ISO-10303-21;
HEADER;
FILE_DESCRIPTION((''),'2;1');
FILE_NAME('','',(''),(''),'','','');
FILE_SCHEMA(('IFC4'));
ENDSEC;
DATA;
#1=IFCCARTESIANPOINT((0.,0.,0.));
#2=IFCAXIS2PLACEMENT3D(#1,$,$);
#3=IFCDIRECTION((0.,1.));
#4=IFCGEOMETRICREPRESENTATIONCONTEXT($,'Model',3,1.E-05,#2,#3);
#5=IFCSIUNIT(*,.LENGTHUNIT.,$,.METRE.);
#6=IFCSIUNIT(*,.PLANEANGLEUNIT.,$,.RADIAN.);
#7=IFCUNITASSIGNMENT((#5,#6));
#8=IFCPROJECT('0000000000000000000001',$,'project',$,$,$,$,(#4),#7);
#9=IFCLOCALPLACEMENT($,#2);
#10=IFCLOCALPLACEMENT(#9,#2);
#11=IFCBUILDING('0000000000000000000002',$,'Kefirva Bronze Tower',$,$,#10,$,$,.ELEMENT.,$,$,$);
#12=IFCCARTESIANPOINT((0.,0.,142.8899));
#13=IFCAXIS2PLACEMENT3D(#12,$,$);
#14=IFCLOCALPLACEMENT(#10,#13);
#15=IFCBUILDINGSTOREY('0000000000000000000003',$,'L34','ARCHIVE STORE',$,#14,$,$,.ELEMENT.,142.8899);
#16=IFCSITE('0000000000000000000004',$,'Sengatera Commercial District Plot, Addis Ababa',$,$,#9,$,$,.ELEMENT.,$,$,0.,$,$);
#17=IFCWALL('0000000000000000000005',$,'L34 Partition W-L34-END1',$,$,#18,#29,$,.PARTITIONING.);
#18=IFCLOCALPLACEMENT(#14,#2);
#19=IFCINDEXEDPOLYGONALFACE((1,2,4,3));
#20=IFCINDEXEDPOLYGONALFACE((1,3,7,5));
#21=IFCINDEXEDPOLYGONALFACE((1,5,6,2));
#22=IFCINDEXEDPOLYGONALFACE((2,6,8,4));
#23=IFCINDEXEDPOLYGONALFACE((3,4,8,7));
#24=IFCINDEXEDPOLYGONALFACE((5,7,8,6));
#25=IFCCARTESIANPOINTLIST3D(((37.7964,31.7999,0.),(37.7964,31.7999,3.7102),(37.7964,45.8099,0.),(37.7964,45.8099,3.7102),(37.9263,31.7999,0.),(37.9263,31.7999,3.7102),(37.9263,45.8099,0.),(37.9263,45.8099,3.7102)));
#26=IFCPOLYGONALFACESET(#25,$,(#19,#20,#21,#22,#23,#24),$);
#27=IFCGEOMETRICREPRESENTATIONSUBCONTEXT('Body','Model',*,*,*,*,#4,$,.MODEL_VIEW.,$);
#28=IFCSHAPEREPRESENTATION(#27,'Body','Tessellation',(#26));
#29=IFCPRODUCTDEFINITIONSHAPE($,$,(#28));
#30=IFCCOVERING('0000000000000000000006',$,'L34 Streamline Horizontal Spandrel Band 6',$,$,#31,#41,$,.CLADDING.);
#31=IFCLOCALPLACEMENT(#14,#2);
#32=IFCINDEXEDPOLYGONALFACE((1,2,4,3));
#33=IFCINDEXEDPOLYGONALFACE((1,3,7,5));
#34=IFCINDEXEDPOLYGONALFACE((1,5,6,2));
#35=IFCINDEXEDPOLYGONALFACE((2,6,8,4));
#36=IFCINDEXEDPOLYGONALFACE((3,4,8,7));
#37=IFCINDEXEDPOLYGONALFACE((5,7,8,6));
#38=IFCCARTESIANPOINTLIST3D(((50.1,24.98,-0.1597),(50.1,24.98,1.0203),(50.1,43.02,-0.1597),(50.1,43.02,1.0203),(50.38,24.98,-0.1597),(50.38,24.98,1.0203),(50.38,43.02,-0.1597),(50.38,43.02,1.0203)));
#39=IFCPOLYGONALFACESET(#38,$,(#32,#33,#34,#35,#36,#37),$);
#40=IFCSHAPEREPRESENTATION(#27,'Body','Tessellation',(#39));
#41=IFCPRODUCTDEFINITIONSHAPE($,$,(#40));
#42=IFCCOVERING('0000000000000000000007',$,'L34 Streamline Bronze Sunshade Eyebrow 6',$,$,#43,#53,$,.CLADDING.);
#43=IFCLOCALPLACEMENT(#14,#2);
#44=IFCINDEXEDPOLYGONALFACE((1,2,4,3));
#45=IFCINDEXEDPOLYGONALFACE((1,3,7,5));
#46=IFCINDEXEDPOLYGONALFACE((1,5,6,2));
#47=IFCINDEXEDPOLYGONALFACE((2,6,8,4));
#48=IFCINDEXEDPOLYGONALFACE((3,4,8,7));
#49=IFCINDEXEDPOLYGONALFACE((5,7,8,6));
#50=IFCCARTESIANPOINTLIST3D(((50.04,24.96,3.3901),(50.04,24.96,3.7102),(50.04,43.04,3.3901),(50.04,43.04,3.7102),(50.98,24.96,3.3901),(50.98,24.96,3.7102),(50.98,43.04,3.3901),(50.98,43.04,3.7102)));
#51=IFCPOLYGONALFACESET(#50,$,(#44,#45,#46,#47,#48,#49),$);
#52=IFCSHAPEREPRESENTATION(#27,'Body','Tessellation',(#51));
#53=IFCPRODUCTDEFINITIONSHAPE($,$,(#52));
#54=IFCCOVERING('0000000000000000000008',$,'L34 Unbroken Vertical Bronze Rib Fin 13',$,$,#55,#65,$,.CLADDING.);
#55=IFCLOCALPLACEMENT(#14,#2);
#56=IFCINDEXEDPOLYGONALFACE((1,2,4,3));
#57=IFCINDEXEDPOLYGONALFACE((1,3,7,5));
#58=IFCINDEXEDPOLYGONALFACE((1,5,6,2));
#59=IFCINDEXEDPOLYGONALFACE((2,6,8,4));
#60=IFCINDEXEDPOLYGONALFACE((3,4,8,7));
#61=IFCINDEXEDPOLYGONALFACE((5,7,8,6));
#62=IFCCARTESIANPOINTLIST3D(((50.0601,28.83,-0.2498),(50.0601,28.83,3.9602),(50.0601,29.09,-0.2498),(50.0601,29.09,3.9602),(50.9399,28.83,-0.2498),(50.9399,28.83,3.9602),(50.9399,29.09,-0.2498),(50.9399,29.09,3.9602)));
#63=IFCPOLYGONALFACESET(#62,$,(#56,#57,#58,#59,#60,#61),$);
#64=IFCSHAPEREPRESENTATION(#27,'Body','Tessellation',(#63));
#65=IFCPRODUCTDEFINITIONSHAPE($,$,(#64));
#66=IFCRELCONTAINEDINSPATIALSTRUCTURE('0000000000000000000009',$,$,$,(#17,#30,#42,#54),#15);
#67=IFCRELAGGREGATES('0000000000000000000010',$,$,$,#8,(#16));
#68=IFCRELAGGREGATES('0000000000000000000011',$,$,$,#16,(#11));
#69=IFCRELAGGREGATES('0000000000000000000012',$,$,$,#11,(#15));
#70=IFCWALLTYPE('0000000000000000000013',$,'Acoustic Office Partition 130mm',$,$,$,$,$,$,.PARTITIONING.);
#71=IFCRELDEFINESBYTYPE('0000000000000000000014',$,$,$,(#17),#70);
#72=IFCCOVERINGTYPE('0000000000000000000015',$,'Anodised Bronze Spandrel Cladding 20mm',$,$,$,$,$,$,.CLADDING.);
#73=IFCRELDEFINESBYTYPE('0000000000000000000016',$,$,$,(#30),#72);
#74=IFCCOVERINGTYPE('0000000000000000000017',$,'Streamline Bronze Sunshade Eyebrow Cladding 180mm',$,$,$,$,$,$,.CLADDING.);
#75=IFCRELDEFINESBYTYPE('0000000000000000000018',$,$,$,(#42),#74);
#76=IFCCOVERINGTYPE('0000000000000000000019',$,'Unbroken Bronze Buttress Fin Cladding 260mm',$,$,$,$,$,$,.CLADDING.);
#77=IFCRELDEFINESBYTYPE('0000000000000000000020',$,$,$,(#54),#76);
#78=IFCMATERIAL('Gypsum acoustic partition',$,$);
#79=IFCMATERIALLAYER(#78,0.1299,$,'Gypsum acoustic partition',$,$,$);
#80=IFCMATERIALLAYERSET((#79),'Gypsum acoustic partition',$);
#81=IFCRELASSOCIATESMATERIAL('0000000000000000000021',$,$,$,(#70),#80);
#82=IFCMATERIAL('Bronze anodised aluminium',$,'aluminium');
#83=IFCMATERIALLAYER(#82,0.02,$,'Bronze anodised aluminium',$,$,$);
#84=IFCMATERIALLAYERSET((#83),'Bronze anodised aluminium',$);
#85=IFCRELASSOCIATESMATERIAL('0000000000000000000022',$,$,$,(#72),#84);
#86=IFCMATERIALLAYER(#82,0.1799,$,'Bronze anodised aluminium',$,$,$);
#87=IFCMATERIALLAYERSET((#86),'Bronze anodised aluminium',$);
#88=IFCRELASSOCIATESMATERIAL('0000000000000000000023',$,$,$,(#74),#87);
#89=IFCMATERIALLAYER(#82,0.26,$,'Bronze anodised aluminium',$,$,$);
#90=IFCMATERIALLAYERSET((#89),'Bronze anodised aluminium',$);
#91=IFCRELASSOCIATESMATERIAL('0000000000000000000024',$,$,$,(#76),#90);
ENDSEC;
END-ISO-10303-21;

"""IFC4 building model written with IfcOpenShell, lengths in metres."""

from ifc_helpers import new_model, si_unit, direction, frame, frame_2d, origin, origin_2d, place, context, subcontext, project, spatial, rectangle, extrude, material, layer, layer_set, type_object, element, save


model = new_model("IFC4")

# Units and contexts
model_context = context("Model", 3, precision=1e-05, world=origin(), true_north=direction((0.0, 1.0)))
body_context = subcontext(model_context, "Body", "Model", "MODEL_VIEW")
ifc_project = project(units=[si_unit("LENGTHUNIT", "METRE"), si_unit("PLANEANGLEUNIT", "RADIAN")], contexts=[model_context])

# Site, building, storey
site_placement = place(None, origin())
site = spatial("IfcSite", under=ifc_project, at=site_placement, Name="Sengatera Commercial District Plot, Addis Ababa", CompositionType="ELEMENT", RefElevation=0.0)
building_placement = place(site_placement, origin())
building = spatial("IfcBuilding", under=site, at=building_placement, Name="Kefirva Bronze Tower", CompositionType="ELEMENT")
storey_placement = place(building_placement, frame((0.0, 0.0, 142.8899)))
storey = spatial("IfcBuildingStorey", under=building, at=storey_placement, Name="L34", Description="ARCHIVE STORE", CompositionType="ELEMENT", Elevation=142.8899)

# Shared definitions
ifc_material_1 = material(Name="Bronze anodised aluminium", Category="aluminium")

# Wall
ifc_material_2 = material(Name="Gypsum acoustic partition")
ifc_layer_1 = layer(ifc_material_2, 0.1299, Name="Gypsum acoustic partition")
ifc_layer_set_1 = layer_set([ifc_layer_1], Name="Gypsum acoustic partition")
wall_type = type_object("IfcWallType", Name="Acoustic Office Partition 130mm", PredefinedType="PARTITIONING", material=ifc_layer_set_1)
wall_placement = place(storey_placement, frame((37.8613, 31.8, 0.0), z_axis=(0.0, 0.0, 1.0), x_axis=(0.0, 1.0, 0.0)))
element("IfcWall", 1, at=wall_placement, inside=storey, type_object=wall_type, Name="L34 Partition W-L34-END1", PredefinedType="PARTITIONING", context=body_context, shape_type="SweptSolid", body=[
    extrude(rectangle(XDim=14.01, YDim=0.1299, at=frame_2d((7.0049, 0.0))), origin(), (0.0, 0.0, 1.0), 3.7102),
])

# Coverings
ifc_layer_2 = layer(ifc_material_1, 0.02, Name="Bronze anodised aluminium")
ifc_layer_set_2 = layer_set([ifc_layer_2], Name="Bronze anodised aluminium")
covering_type_1 = type_object("IfcCoveringType", Name="Anodised Bronze Spandrel Cladding 20mm", PredefinedType="CLADDING", material=ifc_layer_set_2)
covering_1_placement = place(storey_placement, frame((50.24, 34.0, -0.1597), z_axis=(0.0, 0.0, 1.0), x_axis=(0.0, 1.0, 0.0)))
element("IfcCovering", 2, at=covering_1_placement, inside=storey, type_object=covering_type_1, Name="L34 Streamline Horizontal Spandrel Band 6", PredefinedType="CLADDING", context=body_context, shape_type="SweptSolid", body=[
    extrude(rectangle(XDim=18.04, YDim=0.28, at=origin_2d()), origin(), (0.0, 0.0, 1.0), 1.1799),
])
ifc_layer_3 = layer(ifc_material_1, 0.1799, Name="Bronze anodised aluminium")
ifc_layer_set_3 = layer_set([ifc_layer_3], Name="Bronze anodised aluminium")
covering_type_2 = type_object("IfcCoveringType", Name="Streamline Bronze Sunshade Eyebrow Cladding 180mm", PredefinedType="CLADDING", material=ifc_layer_set_3)
covering_2_placement = place(storey_placement, frame((50.51, 34.0, 3.3901), z_axis=(0.0, 0.0, 1.0), x_axis=(0.0, 1.0, 0.0)))
element("IfcCovering", 3, at=covering_2_placement, inside=storey, type_object=covering_type_2, Name="L34 Streamline Bronze Sunshade Eyebrow 6", PredefinedType="CLADDING", context=body_context, shape_type="SweptSolid", body=[
    extrude(rectangle(XDim=18.0801, YDim=0.9399, at=origin_2d()), origin(), (0.0, 0.0, 1.0), 0.3201),
])
ifc_layer_4 = layer(ifc_material_1, 0.26, Name="Bronze anodised aluminium")
ifc_layer_set_4 = layer_set([ifc_layer_4], Name="Bronze anodised aluminium")
covering_type_3 = type_object("IfcCoveringType", Name="Unbroken Bronze Buttress Fin Cladding 260mm", PredefinedType="CLADDING", material=ifc_layer_set_4)
covering_3_placement = place(storey_placement, frame((50.5, 28.96, -0.2498), z_axis=(0.0, 0.0, 1.0), x_axis=(0.0, 1.0, 0.0)))
element("IfcCovering", 4, at=covering_3_placement, inside=storey, type_object=covering_type_3, Name="L34 Unbroken Vertical Bronze Rib Fin 13", PredefinedType="CLADDING", context=body_context, shape_type="SweptSolid", body=[
    extrude(rectangle(XDim=0.26, YDim=0.8799, at=origin_2d()), origin(), (0.0, 0.0, 1.0), 4.21),
])

save(model, "model.ifc")
